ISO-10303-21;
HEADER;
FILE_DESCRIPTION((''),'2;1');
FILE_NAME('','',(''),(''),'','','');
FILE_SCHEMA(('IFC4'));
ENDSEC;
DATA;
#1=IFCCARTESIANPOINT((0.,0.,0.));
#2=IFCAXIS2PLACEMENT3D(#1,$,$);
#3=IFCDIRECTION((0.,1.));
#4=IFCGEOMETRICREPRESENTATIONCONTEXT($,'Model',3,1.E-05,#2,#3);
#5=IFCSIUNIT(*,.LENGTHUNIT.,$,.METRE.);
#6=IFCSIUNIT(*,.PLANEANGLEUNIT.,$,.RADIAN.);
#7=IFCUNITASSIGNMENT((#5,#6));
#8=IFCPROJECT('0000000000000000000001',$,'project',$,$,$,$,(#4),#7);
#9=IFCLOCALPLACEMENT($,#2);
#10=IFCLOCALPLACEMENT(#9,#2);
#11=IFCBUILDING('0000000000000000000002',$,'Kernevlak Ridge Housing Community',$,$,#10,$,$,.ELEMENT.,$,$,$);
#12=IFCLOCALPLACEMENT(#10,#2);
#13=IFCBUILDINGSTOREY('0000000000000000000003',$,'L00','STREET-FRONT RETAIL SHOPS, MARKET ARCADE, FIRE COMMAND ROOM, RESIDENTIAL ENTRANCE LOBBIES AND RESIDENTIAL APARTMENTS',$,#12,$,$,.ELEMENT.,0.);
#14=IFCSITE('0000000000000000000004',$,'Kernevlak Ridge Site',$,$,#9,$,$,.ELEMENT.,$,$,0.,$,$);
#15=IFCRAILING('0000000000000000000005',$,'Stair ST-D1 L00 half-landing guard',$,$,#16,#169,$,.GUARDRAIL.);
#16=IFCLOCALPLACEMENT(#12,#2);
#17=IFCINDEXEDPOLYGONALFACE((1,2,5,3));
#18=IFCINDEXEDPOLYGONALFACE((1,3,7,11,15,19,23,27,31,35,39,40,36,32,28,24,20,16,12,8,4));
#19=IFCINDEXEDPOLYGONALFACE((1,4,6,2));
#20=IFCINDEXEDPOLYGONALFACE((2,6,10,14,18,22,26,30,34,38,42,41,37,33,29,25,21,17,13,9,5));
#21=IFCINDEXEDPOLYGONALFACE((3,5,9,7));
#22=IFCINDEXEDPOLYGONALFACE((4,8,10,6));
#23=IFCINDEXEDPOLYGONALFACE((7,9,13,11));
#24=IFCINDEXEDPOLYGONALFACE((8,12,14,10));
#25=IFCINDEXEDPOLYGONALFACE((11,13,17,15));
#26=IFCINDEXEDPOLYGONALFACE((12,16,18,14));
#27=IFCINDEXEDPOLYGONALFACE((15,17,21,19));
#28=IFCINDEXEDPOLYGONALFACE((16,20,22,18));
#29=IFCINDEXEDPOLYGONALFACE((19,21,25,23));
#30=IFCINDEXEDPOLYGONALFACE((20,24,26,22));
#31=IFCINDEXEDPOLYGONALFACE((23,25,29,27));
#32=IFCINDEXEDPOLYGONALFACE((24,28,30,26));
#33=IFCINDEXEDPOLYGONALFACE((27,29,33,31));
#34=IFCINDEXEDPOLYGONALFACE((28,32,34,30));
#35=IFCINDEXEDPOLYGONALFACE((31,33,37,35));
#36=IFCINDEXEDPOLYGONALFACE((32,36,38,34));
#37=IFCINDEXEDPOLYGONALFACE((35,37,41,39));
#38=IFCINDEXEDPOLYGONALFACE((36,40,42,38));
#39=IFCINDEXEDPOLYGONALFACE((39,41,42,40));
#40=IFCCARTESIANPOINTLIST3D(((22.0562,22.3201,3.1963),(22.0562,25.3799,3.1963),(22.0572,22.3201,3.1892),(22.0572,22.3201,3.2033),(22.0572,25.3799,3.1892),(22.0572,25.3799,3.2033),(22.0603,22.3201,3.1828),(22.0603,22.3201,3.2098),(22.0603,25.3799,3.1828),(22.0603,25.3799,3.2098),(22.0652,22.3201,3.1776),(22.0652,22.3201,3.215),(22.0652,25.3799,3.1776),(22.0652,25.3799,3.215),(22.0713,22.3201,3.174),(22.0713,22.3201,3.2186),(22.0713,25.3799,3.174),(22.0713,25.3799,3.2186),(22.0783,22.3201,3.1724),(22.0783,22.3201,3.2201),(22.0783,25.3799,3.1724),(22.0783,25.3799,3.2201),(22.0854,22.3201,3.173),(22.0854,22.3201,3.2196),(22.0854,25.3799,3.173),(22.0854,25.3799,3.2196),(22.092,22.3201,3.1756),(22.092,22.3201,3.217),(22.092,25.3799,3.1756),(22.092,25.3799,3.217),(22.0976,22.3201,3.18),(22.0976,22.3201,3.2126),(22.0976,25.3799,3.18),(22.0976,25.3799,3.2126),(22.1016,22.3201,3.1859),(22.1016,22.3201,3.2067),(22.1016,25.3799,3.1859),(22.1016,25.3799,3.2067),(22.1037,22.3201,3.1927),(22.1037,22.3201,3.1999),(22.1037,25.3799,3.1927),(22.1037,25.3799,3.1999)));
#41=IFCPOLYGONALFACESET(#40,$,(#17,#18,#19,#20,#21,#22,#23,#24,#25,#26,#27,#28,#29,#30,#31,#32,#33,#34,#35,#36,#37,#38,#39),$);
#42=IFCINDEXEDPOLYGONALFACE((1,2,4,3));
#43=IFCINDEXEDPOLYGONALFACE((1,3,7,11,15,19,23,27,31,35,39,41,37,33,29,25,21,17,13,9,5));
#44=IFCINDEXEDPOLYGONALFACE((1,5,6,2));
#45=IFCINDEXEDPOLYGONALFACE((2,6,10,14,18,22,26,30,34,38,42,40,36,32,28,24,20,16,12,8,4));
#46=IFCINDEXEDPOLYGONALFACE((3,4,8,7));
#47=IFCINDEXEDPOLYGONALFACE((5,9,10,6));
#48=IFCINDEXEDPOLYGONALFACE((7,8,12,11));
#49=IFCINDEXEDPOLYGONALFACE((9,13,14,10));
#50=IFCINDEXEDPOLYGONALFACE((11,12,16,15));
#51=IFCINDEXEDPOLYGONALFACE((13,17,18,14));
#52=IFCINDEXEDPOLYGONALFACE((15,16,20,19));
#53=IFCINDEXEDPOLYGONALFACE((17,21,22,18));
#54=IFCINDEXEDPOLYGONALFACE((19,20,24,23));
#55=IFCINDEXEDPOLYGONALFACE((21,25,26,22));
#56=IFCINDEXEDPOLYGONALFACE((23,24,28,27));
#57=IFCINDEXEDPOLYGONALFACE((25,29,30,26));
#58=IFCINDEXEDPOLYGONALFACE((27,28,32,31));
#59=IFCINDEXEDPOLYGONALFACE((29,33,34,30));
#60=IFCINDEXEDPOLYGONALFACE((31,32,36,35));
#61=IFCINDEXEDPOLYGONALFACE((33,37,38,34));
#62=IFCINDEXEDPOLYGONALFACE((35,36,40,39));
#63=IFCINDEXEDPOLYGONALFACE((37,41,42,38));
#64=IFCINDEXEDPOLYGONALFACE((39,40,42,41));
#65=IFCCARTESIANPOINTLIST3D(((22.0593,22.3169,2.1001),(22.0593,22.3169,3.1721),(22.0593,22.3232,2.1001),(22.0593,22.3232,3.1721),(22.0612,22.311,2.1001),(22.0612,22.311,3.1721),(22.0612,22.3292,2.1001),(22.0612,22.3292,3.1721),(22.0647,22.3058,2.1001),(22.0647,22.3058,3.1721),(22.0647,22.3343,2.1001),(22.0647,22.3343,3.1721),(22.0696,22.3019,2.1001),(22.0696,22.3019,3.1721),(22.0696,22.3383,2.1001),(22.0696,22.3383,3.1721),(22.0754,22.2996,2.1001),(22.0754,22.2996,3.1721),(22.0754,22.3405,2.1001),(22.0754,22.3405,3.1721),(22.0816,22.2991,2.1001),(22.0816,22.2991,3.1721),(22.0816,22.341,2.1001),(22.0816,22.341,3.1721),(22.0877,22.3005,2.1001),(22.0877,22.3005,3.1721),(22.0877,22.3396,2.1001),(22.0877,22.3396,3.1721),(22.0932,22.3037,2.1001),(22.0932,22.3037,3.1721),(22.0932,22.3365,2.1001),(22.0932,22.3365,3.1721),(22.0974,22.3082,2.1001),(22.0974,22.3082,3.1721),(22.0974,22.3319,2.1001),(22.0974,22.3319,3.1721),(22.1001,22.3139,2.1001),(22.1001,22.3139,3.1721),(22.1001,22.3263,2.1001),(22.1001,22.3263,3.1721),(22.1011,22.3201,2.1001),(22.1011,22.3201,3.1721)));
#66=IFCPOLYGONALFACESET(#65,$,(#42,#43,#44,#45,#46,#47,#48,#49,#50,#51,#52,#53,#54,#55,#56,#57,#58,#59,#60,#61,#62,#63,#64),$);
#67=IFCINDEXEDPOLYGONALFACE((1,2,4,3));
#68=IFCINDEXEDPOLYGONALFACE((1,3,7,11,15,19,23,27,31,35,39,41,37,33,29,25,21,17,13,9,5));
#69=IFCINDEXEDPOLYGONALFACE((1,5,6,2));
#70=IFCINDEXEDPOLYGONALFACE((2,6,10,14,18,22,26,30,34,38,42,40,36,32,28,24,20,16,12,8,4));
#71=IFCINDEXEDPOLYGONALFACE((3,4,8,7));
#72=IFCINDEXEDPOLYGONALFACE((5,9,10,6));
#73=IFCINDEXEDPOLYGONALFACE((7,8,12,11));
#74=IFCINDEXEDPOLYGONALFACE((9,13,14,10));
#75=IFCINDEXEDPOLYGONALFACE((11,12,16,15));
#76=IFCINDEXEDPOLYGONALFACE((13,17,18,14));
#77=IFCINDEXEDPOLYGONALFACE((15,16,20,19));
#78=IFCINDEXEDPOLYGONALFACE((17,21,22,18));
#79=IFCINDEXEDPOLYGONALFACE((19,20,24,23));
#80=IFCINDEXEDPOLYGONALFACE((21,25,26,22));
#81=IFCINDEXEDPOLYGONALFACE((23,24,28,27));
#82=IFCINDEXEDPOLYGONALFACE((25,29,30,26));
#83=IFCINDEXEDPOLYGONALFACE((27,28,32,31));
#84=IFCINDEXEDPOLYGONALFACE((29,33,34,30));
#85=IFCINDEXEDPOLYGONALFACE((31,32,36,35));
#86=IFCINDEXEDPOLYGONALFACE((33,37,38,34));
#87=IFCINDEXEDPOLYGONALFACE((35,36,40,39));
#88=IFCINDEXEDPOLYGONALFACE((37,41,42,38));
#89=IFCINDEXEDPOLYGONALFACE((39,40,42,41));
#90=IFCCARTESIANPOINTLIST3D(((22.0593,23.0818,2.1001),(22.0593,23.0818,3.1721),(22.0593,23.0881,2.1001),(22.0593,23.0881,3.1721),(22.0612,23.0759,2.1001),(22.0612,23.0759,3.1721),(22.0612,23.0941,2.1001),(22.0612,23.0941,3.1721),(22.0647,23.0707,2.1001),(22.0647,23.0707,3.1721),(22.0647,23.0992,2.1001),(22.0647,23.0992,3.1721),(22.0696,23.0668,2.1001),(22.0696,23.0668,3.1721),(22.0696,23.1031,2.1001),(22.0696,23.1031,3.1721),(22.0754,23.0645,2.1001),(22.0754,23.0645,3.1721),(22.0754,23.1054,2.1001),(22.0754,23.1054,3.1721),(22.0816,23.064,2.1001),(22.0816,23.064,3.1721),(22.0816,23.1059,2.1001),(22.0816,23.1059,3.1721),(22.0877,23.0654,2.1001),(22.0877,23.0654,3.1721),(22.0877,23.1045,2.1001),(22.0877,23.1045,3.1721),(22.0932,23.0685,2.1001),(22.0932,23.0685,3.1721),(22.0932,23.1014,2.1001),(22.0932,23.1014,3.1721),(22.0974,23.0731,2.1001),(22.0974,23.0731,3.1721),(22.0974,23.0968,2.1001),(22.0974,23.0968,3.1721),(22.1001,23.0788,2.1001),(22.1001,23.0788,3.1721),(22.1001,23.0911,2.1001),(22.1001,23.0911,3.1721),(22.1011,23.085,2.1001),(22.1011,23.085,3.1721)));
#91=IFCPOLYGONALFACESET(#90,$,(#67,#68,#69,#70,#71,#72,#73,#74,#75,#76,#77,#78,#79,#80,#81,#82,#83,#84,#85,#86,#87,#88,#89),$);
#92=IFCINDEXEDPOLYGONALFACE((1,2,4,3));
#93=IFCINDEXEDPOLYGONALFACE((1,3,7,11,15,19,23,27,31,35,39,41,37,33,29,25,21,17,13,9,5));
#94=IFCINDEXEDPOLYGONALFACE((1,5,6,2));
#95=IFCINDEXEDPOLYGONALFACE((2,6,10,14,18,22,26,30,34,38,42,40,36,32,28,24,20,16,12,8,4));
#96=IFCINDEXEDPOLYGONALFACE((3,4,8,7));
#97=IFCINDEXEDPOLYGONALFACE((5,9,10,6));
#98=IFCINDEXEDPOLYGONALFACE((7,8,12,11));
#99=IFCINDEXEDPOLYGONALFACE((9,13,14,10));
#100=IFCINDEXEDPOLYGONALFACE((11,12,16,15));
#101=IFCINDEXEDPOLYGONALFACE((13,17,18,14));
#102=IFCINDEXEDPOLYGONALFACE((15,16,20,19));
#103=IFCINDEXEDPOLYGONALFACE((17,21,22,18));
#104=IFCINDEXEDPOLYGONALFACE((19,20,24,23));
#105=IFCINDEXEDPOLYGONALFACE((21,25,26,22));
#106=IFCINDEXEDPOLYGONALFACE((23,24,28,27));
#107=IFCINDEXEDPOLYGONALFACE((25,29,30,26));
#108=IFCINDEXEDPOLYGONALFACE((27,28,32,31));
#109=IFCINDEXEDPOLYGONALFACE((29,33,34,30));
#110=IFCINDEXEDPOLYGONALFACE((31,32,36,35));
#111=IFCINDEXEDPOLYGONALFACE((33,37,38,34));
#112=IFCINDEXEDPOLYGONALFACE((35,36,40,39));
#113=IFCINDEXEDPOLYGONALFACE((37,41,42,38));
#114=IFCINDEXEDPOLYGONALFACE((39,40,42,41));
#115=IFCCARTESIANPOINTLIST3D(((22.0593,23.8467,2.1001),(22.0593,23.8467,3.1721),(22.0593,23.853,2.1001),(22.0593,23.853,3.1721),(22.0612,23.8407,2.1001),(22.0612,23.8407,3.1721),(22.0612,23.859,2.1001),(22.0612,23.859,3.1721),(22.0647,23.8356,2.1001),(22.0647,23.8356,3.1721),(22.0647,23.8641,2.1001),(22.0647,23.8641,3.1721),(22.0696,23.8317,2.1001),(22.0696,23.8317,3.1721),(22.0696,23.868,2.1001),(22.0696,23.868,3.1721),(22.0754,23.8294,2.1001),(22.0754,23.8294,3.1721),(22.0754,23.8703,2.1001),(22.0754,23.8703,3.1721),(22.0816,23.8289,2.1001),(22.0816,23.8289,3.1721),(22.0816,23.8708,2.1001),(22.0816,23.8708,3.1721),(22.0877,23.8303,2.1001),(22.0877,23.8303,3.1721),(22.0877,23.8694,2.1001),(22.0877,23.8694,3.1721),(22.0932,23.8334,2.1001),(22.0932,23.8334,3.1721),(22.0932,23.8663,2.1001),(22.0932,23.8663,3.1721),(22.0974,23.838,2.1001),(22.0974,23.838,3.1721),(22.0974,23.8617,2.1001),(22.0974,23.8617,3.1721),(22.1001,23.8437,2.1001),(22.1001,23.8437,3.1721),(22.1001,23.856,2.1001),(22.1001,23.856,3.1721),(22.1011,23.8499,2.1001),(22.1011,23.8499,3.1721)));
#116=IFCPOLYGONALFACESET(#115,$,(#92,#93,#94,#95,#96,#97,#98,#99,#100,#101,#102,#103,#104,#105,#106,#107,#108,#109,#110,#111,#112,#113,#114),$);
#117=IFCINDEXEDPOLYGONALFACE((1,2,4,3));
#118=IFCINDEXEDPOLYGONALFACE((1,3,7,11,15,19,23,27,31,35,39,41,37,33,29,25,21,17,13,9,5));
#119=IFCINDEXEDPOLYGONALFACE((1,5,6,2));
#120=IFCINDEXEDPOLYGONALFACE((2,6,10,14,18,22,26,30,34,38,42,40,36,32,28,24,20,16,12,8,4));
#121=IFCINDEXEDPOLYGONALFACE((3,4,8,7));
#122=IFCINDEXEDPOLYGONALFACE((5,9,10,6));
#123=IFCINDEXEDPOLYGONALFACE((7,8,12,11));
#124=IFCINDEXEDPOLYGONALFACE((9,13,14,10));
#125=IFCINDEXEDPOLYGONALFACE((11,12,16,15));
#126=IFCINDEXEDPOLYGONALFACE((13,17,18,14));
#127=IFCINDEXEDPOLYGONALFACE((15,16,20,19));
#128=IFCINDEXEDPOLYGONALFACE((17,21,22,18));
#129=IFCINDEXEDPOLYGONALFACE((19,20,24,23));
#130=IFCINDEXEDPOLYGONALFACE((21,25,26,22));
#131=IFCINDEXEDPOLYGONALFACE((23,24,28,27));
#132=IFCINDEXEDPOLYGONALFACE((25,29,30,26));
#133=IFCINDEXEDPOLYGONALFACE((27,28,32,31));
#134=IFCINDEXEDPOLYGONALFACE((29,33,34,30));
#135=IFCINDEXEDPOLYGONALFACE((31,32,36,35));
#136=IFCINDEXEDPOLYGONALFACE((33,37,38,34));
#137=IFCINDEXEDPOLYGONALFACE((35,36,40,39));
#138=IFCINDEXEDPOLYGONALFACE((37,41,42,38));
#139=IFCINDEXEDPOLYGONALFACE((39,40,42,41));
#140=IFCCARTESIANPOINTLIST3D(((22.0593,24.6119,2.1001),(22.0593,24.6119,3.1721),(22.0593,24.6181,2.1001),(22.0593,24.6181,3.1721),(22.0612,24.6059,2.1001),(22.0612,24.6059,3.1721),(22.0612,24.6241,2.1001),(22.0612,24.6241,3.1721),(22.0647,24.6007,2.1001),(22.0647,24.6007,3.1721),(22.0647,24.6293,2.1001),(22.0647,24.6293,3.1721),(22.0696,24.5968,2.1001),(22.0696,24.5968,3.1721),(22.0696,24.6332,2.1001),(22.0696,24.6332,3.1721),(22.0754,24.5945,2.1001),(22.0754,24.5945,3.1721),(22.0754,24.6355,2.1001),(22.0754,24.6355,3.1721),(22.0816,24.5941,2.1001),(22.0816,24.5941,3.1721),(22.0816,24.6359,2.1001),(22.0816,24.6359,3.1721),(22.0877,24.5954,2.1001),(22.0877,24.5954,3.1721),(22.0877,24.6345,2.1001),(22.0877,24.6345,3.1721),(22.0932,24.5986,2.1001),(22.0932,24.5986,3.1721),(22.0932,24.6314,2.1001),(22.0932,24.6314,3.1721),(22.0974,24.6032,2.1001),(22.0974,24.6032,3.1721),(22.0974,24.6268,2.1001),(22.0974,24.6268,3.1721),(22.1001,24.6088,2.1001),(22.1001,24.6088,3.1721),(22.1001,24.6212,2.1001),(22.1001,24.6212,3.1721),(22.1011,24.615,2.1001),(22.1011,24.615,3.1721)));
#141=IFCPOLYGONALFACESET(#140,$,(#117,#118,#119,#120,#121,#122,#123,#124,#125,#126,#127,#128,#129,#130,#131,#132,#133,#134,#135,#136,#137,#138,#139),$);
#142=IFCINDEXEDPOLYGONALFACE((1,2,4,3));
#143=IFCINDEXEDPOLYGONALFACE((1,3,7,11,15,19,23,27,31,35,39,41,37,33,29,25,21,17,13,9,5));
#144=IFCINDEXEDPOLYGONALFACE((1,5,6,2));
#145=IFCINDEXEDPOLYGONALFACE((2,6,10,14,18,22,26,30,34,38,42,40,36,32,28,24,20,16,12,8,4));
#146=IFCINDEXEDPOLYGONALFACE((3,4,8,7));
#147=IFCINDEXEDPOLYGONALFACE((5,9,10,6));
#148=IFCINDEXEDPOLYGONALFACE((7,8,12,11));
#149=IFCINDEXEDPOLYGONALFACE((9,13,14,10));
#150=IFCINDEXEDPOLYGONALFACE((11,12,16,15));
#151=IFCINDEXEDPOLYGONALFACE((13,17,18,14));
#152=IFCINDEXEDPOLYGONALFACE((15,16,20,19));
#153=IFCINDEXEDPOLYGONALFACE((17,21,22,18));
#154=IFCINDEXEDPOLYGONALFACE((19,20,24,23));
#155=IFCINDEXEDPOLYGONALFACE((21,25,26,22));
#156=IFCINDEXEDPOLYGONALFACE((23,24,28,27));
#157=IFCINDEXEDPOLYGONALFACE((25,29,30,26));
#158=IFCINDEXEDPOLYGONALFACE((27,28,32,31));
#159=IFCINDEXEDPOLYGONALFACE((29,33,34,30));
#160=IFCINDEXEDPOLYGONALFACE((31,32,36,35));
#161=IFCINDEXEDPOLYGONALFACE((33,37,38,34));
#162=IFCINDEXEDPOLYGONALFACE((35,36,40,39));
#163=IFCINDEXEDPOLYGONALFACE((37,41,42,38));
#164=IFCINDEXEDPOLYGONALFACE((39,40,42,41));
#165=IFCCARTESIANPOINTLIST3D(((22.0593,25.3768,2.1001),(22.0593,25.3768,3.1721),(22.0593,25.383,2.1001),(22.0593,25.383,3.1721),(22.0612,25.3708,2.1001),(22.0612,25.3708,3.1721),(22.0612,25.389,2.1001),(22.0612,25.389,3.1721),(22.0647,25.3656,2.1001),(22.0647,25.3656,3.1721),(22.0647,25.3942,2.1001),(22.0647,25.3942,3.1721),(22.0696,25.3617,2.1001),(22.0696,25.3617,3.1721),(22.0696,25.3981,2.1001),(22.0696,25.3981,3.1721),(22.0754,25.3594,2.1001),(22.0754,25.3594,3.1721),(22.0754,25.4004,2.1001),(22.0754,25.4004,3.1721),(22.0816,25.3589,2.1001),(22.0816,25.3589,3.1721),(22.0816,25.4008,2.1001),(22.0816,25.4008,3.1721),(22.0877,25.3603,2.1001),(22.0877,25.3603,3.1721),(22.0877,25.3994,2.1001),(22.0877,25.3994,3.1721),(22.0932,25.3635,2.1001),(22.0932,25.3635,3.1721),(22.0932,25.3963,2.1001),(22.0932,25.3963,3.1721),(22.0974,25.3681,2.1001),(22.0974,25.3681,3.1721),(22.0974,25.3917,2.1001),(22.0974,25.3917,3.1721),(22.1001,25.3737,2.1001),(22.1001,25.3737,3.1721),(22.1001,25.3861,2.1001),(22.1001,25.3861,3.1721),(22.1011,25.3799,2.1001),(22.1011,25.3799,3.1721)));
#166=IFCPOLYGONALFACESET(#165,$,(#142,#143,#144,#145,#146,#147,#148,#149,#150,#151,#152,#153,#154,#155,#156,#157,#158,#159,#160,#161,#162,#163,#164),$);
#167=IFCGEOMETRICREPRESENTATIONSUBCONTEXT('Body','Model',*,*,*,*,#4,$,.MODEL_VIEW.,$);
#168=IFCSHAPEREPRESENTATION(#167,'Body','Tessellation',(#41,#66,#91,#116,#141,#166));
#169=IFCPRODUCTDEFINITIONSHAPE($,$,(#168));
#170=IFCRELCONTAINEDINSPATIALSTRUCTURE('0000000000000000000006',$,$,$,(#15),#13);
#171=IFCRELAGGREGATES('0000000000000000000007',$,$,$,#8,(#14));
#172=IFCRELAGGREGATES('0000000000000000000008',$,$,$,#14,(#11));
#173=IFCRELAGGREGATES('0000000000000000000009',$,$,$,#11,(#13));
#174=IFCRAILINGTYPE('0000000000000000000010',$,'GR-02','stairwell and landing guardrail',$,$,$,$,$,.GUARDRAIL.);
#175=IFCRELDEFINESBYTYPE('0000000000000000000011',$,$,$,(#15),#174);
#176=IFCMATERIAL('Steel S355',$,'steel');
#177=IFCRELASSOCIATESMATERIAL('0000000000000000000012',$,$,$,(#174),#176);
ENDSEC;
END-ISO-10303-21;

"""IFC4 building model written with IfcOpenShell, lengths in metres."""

from ifc_helpers import new_model, si_unit, direction, frame, origin, origin_2d, place, context, subcontext, project, spatial, circle, extrude, material, type_object, element, save


model = new_model("IFC4")

# Units and contexts
model_context = context("Model", 3, precision=1e-05, world=origin(), true_north=direction((0.0, 1.0)))
body_context = subcontext(model_context, "Body", "Model", "MODEL_VIEW")
ifc_project = project(units=[si_unit("LENGTHUNIT", "METRE"), si_unit("PLANEANGLEUNIT", "RADIAN")], contexts=[model_context])

# Site, building, storey
site_placement = place(None, origin())
site = spatial("IfcSite", under=ifc_project, at=site_placement, Name="Kernevlak Ridge Site", CompositionType="ELEMENT", RefElevation=0.0)
building_placement = place(site_placement, origin())
building = spatial("IfcBuilding", under=site, at=building_placement, Name="Kernevlak Ridge Housing Community", CompositionType="ELEMENT")
storey_placement = place(building_placement, origin())
storey = spatial("IfcBuildingStorey", under=building, at=storey_placement, Name="L00", Description="STREET-FRONT RETAIL SHOPS, MARKET ARCADE, FIRE COMMAND ROOM, RESIDENTIAL ENTRANCE LOBBIES AND RESIDENTIAL APARTMENTS", CompositionType="ELEMENT", Elevation=0.0)

# Railing
ifc_material_1 = material(Name="Steel S355", Category="steel")
railing_type_1 = type_object("IfcRailingType", Name="GR-02", Description="stairwell and landing guardrail", PredefinedType="GUARDRAIL", material=ifc_material_1)
railing_1_placement = place(storey_placement, frame((22.0801, 22.3201, 2.1001)))
element("IfcRailing", 1, at=railing_1_placement, inside=storey, type_object=railing_type_1, Name="Stair ST-D1 L00 half-landing guard", PredefinedType="GUARDRAIL", context=body_context, shape_type="SweptSolid", body=[
    extrude(circle(Radius=0.0239, at=origin_2d()), frame((0.0, 0.0, 1.0962), z_axis=(0.0, 1.0, 0.0), x_axis=(-1.0, 0.0, 0.0)), (0.0, 0.0, 1.0), 3.0598),
    extrude(circle(Radius=0.021, at=origin_2d()), origin(), (0.0, 0.0, 1.0), 1.072),
    extrude(circle(Radius=0.021, at=origin_2d()), frame((0.0, 0.7649, 0.0)), (0.0, 0.0, 1.0), 1.072),
    extrude(circle(Radius=0.021, at=origin_2d()), frame((0.0, 1.5298, 0.0)), (0.0, 0.0, 1.0), 1.072),
    extrude(circle(Radius=0.021, at=origin_2d()), frame((0.0, 2.2949, 0.0)), (0.0, 0.0, 1.0), 1.072),
    extrude(circle(Radius=0.021, at=origin_2d()), frame((0.0, 3.0598, 0.0)), (0.0, 0.0, 1.0), 1.072),
])

save(model, "model.ifc")
